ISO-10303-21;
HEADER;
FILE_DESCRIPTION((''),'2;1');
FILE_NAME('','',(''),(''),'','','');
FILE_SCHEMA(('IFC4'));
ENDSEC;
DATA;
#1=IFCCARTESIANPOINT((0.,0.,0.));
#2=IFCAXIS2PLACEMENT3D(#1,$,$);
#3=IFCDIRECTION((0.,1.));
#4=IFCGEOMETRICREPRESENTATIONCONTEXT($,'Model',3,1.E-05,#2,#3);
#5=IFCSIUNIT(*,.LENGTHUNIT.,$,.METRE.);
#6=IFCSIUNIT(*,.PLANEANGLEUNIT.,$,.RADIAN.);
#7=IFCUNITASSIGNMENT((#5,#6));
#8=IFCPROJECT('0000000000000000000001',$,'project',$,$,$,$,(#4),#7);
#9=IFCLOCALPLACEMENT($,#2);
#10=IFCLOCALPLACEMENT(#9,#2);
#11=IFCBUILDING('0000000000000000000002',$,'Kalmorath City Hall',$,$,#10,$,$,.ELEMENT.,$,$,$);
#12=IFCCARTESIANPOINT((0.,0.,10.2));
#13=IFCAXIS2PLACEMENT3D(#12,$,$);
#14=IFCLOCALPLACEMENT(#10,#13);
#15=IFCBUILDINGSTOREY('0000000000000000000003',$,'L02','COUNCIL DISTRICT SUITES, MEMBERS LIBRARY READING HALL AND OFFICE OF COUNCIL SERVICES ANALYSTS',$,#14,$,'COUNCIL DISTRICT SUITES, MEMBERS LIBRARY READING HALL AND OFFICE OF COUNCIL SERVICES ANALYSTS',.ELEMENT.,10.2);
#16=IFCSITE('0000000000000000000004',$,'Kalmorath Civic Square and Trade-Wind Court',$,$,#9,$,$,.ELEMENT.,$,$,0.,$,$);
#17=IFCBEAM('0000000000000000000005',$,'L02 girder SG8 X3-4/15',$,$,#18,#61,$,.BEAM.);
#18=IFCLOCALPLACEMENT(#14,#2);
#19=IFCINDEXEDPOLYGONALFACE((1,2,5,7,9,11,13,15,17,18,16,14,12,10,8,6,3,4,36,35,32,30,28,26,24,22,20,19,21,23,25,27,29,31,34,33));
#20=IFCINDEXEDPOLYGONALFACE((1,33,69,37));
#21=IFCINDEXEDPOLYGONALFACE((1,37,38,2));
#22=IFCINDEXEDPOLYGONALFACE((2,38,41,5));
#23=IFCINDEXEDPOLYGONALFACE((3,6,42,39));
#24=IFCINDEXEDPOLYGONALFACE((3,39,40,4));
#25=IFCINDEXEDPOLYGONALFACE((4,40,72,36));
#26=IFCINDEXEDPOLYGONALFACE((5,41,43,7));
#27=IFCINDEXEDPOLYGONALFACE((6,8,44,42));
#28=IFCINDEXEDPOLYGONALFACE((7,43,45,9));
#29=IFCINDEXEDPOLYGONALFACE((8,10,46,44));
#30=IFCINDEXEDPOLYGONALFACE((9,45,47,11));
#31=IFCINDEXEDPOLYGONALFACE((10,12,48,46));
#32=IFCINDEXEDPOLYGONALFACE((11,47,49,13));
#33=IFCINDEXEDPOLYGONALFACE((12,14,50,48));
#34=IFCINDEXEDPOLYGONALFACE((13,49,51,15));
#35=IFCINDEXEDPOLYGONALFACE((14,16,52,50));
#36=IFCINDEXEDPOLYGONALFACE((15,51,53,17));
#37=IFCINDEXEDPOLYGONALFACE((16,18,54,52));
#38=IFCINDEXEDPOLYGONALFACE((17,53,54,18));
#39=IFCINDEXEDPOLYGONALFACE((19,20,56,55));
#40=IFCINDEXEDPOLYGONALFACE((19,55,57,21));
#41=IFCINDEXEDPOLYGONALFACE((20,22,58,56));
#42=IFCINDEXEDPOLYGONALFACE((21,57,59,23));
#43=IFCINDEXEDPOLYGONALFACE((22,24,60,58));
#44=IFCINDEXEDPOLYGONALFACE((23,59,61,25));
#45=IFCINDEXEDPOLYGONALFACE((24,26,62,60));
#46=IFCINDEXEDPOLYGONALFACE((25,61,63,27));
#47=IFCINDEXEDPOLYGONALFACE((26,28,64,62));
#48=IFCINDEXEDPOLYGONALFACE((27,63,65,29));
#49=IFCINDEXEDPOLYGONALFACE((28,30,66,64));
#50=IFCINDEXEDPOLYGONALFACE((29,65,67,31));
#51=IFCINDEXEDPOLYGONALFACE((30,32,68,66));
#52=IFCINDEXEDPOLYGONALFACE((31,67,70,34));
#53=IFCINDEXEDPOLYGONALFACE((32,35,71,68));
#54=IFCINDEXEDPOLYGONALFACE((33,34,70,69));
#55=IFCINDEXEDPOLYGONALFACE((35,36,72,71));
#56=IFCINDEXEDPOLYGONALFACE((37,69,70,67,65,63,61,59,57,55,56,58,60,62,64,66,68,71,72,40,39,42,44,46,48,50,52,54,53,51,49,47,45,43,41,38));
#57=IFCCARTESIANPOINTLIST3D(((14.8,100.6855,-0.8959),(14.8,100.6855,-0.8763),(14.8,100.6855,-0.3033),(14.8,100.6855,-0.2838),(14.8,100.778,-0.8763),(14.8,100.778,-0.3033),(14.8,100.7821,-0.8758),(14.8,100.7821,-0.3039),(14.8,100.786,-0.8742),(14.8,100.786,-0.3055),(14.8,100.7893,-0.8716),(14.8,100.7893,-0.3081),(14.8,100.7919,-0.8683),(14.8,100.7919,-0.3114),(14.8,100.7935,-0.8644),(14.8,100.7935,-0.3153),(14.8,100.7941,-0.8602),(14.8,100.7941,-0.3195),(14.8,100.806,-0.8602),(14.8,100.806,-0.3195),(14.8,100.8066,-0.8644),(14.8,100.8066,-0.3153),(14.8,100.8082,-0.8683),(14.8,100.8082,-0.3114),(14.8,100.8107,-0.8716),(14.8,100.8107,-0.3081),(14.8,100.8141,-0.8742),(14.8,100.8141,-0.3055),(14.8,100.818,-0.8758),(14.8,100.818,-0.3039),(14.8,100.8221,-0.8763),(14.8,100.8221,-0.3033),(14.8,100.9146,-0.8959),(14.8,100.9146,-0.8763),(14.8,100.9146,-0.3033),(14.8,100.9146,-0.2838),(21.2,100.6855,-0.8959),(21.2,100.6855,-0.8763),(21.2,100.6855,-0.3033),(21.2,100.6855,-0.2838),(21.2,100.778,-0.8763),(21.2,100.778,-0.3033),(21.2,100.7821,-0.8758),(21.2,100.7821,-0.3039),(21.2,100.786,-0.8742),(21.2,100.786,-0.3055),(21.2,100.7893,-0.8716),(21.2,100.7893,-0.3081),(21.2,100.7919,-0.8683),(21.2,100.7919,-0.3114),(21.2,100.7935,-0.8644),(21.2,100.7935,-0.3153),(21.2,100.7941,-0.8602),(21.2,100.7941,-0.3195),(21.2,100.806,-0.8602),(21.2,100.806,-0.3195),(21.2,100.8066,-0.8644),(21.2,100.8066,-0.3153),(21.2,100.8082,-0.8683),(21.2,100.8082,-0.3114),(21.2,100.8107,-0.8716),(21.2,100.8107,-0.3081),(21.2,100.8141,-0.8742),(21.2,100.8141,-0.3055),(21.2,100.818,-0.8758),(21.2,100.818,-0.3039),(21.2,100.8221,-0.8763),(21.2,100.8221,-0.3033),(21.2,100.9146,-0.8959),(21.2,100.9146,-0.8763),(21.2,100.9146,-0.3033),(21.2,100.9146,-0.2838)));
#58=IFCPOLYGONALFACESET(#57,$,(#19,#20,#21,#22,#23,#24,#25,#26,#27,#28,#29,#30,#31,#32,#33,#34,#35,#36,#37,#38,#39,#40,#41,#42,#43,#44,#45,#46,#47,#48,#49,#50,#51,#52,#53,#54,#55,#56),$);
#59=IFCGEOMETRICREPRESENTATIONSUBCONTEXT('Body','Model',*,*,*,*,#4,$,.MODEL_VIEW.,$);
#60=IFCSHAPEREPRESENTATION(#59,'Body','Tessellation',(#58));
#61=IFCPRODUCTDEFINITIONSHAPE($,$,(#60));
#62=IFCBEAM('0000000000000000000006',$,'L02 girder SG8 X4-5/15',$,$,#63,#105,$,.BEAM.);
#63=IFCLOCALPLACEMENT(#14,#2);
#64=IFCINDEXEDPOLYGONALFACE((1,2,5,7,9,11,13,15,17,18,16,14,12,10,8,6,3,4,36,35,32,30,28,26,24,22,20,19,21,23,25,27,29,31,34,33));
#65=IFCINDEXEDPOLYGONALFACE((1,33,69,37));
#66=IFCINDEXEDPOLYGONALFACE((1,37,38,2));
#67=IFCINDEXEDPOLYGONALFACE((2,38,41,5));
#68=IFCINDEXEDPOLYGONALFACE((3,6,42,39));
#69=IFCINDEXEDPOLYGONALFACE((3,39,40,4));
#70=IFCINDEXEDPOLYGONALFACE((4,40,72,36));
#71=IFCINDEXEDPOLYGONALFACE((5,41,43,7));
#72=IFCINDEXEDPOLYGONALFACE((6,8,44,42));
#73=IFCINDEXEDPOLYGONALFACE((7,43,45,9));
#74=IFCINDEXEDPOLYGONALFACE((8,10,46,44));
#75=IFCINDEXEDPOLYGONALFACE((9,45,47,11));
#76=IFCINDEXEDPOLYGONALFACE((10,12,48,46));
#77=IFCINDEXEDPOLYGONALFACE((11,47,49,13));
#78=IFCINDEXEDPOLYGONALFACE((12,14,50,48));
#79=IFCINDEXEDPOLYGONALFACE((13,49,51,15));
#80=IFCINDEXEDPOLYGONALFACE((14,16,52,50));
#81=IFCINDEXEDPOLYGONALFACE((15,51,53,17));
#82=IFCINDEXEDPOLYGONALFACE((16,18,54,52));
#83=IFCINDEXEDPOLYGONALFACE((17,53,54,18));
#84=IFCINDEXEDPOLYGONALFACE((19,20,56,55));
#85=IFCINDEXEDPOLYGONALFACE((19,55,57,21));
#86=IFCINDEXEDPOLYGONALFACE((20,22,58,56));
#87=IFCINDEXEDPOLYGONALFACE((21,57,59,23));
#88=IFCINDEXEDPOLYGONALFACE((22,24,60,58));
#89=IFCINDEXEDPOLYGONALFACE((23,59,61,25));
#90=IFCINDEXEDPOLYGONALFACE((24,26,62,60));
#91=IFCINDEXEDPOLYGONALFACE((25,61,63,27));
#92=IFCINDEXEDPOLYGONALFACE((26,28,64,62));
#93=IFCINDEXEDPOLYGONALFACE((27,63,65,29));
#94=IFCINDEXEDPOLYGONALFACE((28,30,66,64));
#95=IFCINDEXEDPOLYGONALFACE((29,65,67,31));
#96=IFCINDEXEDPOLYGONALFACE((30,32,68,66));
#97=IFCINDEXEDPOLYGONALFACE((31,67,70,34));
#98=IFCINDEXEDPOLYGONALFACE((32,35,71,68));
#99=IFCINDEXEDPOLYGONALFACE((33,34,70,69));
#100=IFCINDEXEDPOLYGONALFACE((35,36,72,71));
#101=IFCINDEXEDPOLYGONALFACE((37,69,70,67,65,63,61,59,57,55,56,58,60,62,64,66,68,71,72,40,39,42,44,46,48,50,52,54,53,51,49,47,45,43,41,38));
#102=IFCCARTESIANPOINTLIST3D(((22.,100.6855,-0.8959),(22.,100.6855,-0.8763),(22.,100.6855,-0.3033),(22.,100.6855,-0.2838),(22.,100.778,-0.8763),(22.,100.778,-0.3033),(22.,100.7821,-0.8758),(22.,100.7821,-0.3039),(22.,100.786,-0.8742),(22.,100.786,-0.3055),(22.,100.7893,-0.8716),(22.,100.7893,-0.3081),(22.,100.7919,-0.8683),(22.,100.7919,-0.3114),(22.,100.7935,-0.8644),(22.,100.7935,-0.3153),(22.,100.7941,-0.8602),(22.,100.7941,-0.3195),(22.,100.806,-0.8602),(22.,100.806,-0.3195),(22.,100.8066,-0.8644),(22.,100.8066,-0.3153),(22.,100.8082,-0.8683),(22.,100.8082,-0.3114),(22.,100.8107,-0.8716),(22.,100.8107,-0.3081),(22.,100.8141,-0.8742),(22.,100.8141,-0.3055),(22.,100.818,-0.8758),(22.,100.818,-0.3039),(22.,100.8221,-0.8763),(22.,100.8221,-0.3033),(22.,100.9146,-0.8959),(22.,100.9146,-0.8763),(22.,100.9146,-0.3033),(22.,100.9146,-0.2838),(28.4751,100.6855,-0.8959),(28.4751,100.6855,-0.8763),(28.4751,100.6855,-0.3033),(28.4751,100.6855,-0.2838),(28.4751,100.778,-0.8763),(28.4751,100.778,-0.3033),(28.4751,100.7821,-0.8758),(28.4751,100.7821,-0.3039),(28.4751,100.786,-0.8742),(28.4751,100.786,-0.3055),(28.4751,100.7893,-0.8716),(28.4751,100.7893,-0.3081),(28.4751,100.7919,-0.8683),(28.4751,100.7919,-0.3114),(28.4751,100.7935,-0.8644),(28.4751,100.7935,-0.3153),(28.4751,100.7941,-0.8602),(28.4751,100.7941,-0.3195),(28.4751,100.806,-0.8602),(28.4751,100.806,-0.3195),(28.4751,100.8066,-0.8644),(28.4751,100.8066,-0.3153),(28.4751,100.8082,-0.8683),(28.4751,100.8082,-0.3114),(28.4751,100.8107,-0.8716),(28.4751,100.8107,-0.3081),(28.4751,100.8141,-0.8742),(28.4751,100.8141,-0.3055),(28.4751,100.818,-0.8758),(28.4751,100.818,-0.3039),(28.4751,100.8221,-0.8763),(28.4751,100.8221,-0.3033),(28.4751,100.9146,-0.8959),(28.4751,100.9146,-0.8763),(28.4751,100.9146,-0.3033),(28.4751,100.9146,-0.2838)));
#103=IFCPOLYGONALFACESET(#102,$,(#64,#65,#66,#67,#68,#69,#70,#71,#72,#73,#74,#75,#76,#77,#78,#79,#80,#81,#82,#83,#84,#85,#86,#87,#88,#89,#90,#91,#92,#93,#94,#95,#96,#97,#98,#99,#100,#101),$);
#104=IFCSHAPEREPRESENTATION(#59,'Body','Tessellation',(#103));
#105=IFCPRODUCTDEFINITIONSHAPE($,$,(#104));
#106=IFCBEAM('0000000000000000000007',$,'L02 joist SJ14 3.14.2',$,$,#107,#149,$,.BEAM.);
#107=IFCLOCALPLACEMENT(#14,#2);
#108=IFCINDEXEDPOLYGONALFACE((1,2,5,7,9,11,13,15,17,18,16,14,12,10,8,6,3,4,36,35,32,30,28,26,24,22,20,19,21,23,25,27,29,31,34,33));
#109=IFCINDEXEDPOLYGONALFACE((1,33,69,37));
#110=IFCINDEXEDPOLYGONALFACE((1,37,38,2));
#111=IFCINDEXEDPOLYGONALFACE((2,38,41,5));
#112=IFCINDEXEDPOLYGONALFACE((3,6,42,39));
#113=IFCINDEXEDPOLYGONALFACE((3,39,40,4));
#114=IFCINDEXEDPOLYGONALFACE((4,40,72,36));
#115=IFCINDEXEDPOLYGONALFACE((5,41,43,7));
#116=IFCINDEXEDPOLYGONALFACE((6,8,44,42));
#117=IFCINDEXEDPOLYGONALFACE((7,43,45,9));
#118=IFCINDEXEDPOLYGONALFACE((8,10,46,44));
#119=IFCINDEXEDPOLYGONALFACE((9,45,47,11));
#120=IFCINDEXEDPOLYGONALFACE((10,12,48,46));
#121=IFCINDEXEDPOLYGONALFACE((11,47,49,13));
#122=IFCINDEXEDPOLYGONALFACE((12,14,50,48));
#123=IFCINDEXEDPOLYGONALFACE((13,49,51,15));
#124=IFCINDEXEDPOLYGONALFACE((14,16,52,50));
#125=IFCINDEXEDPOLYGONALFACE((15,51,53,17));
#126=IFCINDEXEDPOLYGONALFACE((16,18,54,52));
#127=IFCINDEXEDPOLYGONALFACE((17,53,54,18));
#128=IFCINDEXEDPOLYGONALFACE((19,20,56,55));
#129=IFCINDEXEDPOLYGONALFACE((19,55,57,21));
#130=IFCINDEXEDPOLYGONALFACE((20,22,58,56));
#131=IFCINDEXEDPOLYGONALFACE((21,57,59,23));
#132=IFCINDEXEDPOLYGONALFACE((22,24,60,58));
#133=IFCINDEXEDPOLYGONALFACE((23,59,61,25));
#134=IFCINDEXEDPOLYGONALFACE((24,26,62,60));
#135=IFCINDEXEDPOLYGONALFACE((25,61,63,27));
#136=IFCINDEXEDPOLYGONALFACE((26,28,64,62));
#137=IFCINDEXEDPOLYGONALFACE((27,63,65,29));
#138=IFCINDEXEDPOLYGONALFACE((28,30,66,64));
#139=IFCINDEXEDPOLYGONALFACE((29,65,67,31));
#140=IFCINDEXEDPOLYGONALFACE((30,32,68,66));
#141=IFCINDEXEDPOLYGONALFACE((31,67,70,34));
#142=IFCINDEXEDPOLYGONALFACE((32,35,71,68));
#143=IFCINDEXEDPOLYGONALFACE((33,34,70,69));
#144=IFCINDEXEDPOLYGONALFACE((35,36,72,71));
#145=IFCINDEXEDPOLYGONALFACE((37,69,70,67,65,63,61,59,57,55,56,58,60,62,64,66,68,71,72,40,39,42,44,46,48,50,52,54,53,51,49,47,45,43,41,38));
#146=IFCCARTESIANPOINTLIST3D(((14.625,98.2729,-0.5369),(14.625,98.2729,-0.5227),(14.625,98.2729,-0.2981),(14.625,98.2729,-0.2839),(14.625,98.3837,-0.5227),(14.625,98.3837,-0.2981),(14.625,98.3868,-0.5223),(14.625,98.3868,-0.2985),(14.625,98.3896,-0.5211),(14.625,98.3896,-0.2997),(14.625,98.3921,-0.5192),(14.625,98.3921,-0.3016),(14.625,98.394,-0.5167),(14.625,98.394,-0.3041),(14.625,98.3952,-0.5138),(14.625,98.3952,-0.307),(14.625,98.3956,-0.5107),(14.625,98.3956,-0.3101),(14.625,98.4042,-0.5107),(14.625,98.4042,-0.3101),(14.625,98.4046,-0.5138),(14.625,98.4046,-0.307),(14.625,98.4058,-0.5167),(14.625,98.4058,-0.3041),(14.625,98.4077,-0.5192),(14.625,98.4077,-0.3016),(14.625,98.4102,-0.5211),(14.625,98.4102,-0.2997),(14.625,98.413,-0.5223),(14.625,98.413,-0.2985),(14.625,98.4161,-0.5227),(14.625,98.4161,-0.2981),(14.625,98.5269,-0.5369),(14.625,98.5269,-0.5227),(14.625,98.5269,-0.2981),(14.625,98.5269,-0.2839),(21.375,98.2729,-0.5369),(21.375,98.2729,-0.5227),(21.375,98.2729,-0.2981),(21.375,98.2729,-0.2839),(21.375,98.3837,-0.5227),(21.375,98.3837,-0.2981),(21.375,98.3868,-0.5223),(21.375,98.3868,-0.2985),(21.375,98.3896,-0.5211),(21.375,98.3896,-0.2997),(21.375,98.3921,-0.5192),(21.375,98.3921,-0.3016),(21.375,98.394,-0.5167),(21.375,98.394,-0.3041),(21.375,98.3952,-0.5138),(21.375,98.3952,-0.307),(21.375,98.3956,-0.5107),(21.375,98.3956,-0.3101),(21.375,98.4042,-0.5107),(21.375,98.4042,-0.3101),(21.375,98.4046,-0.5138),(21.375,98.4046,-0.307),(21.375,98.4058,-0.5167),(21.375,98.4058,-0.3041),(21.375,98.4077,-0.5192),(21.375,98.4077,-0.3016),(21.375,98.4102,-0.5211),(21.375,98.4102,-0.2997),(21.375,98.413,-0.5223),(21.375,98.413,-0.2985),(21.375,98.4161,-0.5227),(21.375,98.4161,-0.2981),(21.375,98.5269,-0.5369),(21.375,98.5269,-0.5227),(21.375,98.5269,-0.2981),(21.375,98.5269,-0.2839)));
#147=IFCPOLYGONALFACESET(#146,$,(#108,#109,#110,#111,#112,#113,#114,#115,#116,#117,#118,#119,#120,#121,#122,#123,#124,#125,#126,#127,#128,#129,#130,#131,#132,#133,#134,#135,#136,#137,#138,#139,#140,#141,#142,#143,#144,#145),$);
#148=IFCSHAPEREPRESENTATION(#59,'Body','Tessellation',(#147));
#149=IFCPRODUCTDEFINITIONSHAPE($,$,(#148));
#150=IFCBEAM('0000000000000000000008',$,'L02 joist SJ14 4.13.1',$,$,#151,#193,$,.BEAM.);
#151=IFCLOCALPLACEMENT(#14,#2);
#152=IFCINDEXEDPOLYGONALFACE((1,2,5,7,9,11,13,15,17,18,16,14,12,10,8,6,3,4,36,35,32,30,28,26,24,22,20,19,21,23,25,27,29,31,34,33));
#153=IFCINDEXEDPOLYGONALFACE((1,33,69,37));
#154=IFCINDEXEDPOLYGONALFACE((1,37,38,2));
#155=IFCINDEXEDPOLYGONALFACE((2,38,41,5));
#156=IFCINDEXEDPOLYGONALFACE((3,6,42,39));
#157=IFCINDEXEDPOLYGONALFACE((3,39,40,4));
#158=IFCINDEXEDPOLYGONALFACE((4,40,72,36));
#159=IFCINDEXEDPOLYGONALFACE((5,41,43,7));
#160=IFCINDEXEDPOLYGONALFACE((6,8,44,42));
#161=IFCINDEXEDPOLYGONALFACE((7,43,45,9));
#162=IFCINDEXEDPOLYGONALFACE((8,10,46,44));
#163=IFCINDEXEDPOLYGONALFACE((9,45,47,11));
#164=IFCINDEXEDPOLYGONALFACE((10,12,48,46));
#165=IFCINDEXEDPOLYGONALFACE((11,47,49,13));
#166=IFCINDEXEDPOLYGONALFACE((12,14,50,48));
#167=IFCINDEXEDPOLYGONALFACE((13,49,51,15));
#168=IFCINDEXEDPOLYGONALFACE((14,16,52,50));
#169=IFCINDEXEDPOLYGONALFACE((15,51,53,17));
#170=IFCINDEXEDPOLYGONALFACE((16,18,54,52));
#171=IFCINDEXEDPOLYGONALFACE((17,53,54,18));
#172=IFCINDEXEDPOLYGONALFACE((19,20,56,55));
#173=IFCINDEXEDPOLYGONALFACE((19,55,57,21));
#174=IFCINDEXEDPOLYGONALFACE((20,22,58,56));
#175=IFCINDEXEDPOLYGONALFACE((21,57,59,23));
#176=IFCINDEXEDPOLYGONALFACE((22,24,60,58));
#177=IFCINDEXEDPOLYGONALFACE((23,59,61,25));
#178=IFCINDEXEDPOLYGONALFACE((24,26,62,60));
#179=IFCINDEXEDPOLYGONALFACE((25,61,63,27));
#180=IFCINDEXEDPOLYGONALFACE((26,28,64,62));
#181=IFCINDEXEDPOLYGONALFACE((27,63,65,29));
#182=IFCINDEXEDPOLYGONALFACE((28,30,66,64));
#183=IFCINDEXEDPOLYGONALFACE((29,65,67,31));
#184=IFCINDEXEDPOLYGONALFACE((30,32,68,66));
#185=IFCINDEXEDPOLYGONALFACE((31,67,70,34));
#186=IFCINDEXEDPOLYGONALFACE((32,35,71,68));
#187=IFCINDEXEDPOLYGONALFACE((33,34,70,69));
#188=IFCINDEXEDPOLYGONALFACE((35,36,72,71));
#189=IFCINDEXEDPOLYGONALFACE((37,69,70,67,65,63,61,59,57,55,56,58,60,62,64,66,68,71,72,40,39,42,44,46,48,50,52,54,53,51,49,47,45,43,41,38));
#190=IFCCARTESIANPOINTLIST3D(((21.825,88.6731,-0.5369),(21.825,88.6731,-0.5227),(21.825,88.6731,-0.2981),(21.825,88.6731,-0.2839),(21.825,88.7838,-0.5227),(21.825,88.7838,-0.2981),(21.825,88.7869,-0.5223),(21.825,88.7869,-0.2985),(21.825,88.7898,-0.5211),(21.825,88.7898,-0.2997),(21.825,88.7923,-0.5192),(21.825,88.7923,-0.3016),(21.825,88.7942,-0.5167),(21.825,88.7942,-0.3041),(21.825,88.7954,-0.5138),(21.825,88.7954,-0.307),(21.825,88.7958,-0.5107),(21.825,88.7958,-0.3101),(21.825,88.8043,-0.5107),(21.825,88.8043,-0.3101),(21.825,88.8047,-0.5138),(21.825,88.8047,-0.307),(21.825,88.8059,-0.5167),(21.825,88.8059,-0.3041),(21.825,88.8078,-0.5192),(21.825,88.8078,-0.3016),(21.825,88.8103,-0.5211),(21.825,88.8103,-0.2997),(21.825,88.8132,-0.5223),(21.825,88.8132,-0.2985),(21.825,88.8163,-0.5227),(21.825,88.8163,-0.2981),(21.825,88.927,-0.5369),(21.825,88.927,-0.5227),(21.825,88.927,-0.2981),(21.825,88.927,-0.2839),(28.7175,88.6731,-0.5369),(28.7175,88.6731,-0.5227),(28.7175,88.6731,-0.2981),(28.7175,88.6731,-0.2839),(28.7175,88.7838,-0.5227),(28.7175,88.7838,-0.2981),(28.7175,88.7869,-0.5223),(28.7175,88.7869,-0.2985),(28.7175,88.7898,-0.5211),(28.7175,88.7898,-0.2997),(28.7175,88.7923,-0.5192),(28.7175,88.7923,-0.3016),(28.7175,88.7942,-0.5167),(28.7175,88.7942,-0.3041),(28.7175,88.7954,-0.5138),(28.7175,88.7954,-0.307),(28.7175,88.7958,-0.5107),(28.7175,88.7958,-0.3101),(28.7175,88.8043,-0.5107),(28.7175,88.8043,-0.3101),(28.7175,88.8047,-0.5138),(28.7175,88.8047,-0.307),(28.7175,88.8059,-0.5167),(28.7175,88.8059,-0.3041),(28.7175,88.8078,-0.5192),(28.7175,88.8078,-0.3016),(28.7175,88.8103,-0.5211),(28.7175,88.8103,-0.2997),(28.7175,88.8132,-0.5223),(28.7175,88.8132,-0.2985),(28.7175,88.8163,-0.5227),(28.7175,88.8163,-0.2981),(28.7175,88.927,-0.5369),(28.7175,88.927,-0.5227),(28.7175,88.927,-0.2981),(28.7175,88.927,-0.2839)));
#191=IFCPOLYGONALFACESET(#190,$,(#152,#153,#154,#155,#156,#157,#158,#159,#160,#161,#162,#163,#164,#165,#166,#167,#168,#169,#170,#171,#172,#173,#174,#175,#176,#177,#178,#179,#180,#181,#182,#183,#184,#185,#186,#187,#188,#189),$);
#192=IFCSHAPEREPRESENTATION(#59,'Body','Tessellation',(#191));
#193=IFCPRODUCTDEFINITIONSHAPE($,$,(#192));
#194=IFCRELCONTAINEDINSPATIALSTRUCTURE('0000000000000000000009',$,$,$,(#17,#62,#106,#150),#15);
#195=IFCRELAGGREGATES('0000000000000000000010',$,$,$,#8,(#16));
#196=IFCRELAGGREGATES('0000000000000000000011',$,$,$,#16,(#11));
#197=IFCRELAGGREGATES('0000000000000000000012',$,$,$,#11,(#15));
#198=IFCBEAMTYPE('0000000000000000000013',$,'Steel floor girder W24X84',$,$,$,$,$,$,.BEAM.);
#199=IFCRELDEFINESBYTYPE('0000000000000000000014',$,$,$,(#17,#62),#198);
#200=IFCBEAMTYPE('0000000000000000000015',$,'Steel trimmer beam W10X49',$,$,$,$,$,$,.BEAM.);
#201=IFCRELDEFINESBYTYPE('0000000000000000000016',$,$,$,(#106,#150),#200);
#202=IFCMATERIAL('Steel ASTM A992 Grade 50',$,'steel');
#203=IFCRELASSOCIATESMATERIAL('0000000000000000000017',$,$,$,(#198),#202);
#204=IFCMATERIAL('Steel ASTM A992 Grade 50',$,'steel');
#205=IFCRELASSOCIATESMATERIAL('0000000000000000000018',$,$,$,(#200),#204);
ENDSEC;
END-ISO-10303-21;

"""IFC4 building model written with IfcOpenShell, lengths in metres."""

from ifc_helpers import new_model, si_unit, direction, frame, origin, origin_2d, place, context, subcontext, project, spatial, i_section, extrude, material, material_profile, profile_set, type_object, element, save


model = new_model("IFC4")

# Units and contexts
model_context = context("Model", 3, precision=1e-05, world=origin(), true_north=direction((0.0, 1.0)))
body_context = subcontext(model_context, "Body", "Model", "MODEL_VIEW")
ifc_project = project(units=[si_unit("LENGTHUNIT", "METRE"), si_unit("PLANEANGLEUNIT", "RADIAN")], contexts=[model_context])

# Site, building, storey
site_placement = place(None, origin())
site = spatial("IfcSite", under=ifc_project, at=site_placement, Name="Kalmorath Civic Square and Trade-Wind Court", CompositionType="ELEMENT", RefElevation=0.0)
building_placement = place(site_placement, origin())
building = spatial("IfcBuilding", under=site, at=building_placement, Name="Kalmorath City Hall", CompositionType="ELEMENT")
storey_placement = place(building_placement, frame((0.0, 0.0, 10.2)))
storey = spatial("IfcBuildingStorey", under=building, at=storey_placement, Name="L02", Description="COUNCIL DISTRICT SUITES, MEMBERS LIBRARY READING HALL AND OFFICE OF COUNCIL SERVICES ANALYSTS", LongName="COUNCIL DISTRICT SUITES, MEMBERS LIBRARY READING HALL AND OFFICE OF COUNCIL SERVICES ANALYSTS", CompositionType="ELEMENT", Elevation=10.2)

# Beams
ifc_material_1 = material(Name="Steel ASTM A992 Grade 50", Category="steel")
ifc_material_profile_1 = material_profile(ifc_material_1, i_section(OverallWidth=0.229, OverallDepth=0.6121, WebThickness=0.012, FlangeThickness=0.0195, FilletRadius=0.0161, at=origin_2d()), Name="W24X84")
ifc_profile_set_1 = profile_set([ifc_material_profile_1], Name="Steel ASTM A992 Grade 50")
beam_type_1 = type_object("IfcBeamType", Name="Steel floor girder W24X84", PredefinedType="BEAM", material=ifc_profile_set_1)
beam_1_placement = place(storey_placement, frame((14.8, 100.8, -0.5898), z_axis=(1.0, 0.0, 0.0), x_axis=(0.0, 1.0, 0.0)))
element("IfcBeam", 1, at=beam_1_placement, inside=storey, type_object=beam_type_1, Name="L02 girder SG8 X3-4/15", PredefinedType="BEAM", context=body_context, shape_type="SweptSolid", body=[
    extrude(i_section(OverallWidth=0.229, OverallDepth=0.6121, WebThickness=0.012, FlangeThickness=0.0195, FilletRadius=0.0161, at=origin_2d()), origin(), (0.0, 0.0, 1.0), 6.3999),
])
beam_2_placement = place(storey_placement, frame((22.0, 100.8, -0.5898), z_axis=(1.0, 0.0, 0.0), x_axis=(0.0, 1.0, 0.0)))
element("IfcBeam", 2, at=beam_2_placement, inside=storey, type_object=beam_type_1, Name="L02 girder SG8 X4-5/15", PredefinedType="BEAM", context=body_context, shape_type="SweptSolid", body=[
    extrude(i_section(OverallWidth=0.229, OverallDepth=0.6121, WebThickness=0.012, FlangeThickness=0.0195, FilletRadius=0.0161, at=origin_2d()), origin(), (0.0, 0.0, 1.0), 6.4751),
])
ifc_material_2 = material(Name="Steel ASTM A992 Grade 50", Category="steel")
ifc_material_profile_2 = material_profile(ifc_material_2, i_section(OverallWidth=0.2539, OverallDepth=0.2529, WebThickness=0.0085, FlangeThickness=0.0142, FilletRadius=0.012, at=origin_2d()), Name="W10X49")
ifc_profile_set_2 = profile_set([ifc_material_profile_2], Name="Steel ASTM A992 Grade 50")
beam_type_2 = type_object("IfcBeamType", Name="Steel trimmer beam W10X49", PredefinedType="BEAM", material=ifc_profile_set_2)
beam_3_placement = place(storey_placement, frame((14.625, 98.3999, -0.4104), z_axis=(1.0, 0.0, 0.0), x_axis=(0.0, 1.0, 0.0)))
element("IfcBeam", 3, at=beam_3_placement, inside=storey, type_object=beam_type_2, Name="L02 joist SJ14 3.14.2", PredefinedType="BEAM", context=body_context, shape_type="SweptSolid", body=[
    extrude(i_section(OverallWidth=0.2539, OverallDepth=0.2529, WebThickness=0.0085, FlangeThickness=0.0142, FilletRadius=0.012, at=origin_2d()), origin(), (0.0, 0.0, 1.0), 6.75),
])
for number, where, z_axis, x_axis, name in (
    (4, (21.825, 88.8, -0.4104), (1.0, 0.0, 0.0), (0.0, 1.0, 0.0), "L02 joist SJ14 4.13.1"),
):
    element("IfcBeam", number, at=place(storey_placement, frame(where, z_axis=z_axis, x_axis=x_axis)), inside=storey, type_object=beam_type_2, Name=name, PredefinedType="BEAM", context=body_context, shape_type="SweptSolid", body=[
        extrude(i_section(OverallWidth=0.2539, OverallDepth=0.2529, WebThickness=0.0085, FlangeThickness=0.0142, FilletRadius=0.012, at=origin_2d()), origin(), (0.0, 0.0, 1.0), 6.8926),
    ])

save(model, "model.ifc")
